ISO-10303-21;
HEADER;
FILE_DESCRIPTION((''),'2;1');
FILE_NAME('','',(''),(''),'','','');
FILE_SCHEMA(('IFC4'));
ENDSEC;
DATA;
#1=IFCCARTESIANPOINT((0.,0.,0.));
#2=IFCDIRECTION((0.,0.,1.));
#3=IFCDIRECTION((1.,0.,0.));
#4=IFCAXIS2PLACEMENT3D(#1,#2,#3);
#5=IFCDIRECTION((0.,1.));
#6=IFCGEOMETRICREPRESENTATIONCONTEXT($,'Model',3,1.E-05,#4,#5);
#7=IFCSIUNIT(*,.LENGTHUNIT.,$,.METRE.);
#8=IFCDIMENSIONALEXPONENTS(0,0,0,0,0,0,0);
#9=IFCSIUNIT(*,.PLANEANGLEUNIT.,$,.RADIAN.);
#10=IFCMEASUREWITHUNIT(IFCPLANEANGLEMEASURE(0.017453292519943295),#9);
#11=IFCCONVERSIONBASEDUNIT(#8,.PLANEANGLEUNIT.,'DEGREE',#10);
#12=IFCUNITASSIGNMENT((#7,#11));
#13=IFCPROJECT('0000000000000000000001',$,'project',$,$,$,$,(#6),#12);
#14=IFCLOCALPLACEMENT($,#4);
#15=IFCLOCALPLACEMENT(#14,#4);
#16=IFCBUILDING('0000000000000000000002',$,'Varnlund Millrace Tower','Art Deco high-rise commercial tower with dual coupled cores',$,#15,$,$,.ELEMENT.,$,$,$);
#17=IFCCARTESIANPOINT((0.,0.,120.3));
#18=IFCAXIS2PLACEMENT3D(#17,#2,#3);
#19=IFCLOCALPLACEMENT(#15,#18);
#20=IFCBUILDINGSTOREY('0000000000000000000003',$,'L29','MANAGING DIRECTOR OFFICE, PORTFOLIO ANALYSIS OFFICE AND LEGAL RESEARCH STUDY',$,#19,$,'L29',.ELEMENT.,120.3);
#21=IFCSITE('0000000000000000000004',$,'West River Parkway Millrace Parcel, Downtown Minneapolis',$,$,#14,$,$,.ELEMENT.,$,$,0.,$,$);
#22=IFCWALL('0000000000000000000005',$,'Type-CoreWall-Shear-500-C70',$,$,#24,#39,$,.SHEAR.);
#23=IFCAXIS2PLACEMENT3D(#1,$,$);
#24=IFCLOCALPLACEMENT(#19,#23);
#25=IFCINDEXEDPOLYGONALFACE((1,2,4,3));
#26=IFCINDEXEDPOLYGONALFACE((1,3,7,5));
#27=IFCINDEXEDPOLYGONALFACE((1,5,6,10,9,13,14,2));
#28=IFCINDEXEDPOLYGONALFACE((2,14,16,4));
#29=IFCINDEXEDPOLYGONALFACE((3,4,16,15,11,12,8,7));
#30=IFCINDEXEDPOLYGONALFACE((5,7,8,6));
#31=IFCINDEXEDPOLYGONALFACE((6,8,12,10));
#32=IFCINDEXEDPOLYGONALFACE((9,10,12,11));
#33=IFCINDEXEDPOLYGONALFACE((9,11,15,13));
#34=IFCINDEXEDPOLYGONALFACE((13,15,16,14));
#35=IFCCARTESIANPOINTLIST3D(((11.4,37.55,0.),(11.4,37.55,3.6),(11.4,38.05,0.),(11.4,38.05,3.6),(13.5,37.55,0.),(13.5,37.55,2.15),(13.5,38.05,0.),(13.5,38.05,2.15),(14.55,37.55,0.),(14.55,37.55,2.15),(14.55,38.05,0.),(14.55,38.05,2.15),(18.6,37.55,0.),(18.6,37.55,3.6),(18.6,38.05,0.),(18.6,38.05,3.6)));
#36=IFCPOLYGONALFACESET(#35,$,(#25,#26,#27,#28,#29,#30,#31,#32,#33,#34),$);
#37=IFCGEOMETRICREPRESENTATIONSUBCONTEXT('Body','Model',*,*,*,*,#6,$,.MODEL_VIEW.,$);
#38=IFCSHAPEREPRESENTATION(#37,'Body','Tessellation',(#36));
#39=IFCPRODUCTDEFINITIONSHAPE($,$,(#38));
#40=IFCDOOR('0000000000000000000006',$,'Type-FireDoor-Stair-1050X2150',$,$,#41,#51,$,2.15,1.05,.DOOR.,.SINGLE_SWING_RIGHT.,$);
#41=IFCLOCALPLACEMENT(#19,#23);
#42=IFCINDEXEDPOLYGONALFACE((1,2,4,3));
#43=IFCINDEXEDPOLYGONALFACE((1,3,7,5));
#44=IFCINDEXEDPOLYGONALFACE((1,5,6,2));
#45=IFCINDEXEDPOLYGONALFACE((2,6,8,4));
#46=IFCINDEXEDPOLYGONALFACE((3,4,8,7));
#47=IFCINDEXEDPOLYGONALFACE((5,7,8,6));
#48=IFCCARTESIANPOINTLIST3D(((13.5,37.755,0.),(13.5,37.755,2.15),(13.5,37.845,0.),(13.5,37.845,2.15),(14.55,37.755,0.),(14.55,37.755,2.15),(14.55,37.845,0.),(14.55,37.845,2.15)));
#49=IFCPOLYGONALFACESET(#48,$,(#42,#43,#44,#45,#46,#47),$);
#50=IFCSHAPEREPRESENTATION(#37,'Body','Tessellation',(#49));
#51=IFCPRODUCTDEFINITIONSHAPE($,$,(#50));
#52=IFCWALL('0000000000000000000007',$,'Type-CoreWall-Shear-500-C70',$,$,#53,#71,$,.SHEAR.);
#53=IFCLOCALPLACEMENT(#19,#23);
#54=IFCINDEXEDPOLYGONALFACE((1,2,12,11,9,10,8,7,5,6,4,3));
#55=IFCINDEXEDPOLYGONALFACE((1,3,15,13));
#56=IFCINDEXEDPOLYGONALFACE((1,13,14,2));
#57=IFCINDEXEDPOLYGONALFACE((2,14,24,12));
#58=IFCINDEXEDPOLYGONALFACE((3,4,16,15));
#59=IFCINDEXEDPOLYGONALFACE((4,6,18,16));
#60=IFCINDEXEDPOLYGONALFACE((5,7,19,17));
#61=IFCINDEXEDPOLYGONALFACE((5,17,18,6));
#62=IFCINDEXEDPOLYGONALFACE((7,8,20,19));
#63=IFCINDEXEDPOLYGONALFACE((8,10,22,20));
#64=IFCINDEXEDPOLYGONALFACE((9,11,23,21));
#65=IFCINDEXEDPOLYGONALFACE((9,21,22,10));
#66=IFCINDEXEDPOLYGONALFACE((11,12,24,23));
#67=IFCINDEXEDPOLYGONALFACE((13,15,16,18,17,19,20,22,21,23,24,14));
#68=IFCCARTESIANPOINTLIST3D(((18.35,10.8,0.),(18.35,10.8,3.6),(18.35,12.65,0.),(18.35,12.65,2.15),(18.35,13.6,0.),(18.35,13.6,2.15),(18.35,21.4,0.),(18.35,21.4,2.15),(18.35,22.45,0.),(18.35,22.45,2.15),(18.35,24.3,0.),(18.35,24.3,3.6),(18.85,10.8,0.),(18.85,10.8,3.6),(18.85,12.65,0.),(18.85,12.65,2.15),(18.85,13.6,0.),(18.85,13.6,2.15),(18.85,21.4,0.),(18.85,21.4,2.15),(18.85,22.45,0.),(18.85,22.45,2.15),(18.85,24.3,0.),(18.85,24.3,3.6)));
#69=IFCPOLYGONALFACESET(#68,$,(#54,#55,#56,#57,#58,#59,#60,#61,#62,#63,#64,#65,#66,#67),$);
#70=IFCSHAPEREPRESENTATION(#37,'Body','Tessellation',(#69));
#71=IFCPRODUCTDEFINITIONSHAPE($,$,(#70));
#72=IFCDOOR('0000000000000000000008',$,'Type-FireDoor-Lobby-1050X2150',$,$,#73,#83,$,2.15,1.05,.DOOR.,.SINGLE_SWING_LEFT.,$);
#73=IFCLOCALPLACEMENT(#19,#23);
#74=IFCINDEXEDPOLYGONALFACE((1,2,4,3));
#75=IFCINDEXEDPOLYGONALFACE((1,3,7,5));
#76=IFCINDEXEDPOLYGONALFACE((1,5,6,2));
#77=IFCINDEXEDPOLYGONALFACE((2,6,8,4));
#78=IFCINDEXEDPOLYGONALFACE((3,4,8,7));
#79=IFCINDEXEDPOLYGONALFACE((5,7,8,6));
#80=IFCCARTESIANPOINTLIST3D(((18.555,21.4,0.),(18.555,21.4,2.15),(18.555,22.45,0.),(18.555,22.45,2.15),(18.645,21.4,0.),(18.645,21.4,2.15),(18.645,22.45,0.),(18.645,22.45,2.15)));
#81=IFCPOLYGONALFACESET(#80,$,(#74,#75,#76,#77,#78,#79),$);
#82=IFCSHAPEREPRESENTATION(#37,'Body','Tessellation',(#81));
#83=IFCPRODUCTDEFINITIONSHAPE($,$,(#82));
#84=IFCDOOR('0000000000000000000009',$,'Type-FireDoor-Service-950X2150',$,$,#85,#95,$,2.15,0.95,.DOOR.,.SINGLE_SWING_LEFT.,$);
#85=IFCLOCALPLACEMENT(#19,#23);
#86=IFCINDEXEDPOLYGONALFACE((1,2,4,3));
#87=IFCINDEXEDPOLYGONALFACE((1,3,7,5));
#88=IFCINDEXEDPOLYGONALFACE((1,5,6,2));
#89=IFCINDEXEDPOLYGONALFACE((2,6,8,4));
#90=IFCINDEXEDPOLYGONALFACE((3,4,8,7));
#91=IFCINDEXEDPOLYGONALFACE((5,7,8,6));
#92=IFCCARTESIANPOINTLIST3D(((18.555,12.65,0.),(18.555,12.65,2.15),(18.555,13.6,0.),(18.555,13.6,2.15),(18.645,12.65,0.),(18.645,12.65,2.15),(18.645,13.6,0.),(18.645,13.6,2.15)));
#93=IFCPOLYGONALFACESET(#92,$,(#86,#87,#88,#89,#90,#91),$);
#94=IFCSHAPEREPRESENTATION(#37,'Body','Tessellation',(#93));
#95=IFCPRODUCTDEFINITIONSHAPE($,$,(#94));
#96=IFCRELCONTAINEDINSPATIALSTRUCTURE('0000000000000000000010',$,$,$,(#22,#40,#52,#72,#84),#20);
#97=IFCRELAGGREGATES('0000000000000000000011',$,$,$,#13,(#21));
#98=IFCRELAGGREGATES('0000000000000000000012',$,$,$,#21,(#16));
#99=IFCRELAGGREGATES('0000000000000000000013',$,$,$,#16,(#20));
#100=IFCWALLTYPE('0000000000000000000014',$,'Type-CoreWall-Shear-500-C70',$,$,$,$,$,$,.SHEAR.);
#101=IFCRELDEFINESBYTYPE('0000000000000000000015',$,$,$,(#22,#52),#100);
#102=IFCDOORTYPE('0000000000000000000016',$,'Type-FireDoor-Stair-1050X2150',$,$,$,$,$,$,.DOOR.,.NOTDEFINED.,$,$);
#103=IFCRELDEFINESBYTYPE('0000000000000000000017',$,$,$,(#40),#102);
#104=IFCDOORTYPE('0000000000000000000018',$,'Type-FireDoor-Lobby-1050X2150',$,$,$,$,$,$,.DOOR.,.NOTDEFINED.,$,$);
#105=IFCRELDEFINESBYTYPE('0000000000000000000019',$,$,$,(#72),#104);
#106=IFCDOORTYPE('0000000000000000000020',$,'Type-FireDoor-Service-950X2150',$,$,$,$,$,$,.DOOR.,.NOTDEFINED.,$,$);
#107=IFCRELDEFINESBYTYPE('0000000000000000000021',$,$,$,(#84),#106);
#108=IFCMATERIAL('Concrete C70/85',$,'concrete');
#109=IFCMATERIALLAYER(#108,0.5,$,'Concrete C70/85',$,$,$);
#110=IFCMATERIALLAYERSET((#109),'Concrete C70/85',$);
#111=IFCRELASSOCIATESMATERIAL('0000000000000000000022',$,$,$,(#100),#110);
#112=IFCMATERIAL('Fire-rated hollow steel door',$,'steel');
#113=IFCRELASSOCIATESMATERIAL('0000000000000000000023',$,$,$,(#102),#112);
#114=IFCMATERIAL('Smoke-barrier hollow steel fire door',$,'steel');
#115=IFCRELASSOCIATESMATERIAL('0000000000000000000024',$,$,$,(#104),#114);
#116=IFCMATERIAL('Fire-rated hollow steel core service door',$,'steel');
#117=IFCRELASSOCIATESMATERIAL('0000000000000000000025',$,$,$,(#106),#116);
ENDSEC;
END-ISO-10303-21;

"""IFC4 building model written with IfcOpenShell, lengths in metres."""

from ifc_helpers import new_model, entity, si_unit, converted_unit, direction, frame, origin_with_axes, origin_2d_with_axis, place, context, subcontext, project, spatial, polyline, rectangle, outline, extrude, material, layer, layer_set, type_object, element, fill, save


model = new_model("IFC4")

# Units and contexts
model_context = context("Model", 3, precision=1e-05, world=origin_with_axes(), true_north=direction((0.0, 1.0)))
body_context = subcontext(model_context, "Body", "Model", "MODEL_VIEW")
ifc_project = project(units=[si_unit("LENGTHUNIT", "METRE"), converted_unit("PLANEANGLEUNIT", "DEGREE", entity("IfcPlaneAngleMeasure", 0.017453292519943295), si_unit("PLANEANGLEUNIT", "RADIAN"), dimensions=[0, 0, 0, 0, 0, 0, 0])], contexts=[model_context])

# Site, building, storey
site_placement = place(None, origin_with_axes())
site = spatial("IfcSite", under=ifc_project, at=site_placement, Name="West River Parkway Millrace Parcel, Downtown Minneapolis", CompositionType="ELEMENT", RefElevation=0.0)
building_placement = place(site_placement, origin_with_axes())
building = spatial("IfcBuilding", under=site, at=building_placement, Name="Varnlund Millrace Tower", Description="Art Deco high-rise commercial tower with dual coupled cores", CompositionType="ELEMENT")
storey_placement = place(building_placement, frame((0.0, 0.0, 120.3), z_axis=(0.0, 0.0, 1.0), x_axis=(1.0, 0.0, 0.0)))
storey = spatial("IfcBuildingStorey", under=building, at=storey_placement, Name="L29", Description="MANAGING DIRECTOR OFFICE, PORTFOLIO ANALYSIS OFFICE AND LEGAL RESEARCH STUDY", LongName="L29", CompositionType="ELEMENT", Elevation=120.3)

# Shared definitions
ifc_material_1 = material(Name="Concrete C70/85", Category="concrete")
ifc_layer_1 = layer(ifc_material_1, 0.5, Name="Concrete C70/85")
ifc_layer_set_1 = layer_set([ifc_layer_1], Name="Concrete C70/85")
wall_type = type_object("IfcWallType", Name="Type-CoreWall-Shear-500-C70", PredefinedType="SHEAR", material=ifc_layer_set_1)

# Wall, opening, door
ifc_material_2 = material(Name="Fire-rated hollow steel door", Category="steel")
door_type_1 = type_object("IfcDoorType", Name="Type-FireDoor-Stair-1050X2150", OperationType="NOTDEFINED", PredefinedType="DOOR", material=ifc_material_2)
wall_1_placement = place(storey_placement, frame((11.4, 37.8, 0.0), z_axis=(0.0, 0.0, 1.0), x_axis=(1.0, 0.0, 0.0)))
wall_1 = element("IfcWall", 1, at=wall_1_placement, inside=storey, type_object=wall_type, Name="Type-CoreWall-Shear-500-C70", PredefinedType="SHEAR", context=body_context, shape_type="SweptSolid", body=[
    extrude(outline(polyline([(0.0, -0.25), (7.2, -0.25), (7.2, 0.25), (0.0, 0.25), (0.0, -0.25)])), origin_with_axes(), (0.0, 0.0, 1.0), 3.6),
])
opening_1_placement = place(wall_1_placement, frame((2.625, 0.0, 0.0), z_axis=(0.0, 0.0, 1.0), x_axis=(1.0, 0.0, 0.0)))
opening_1 = element("IfcOpeningElement", 2, at=opening_1_placement, cuts=wall_1, PredefinedType="OPENING", context=body_context, shape_type="SweptSolid", body=[
    extrude(rectangle(XDim=1.05, YDim=0.52, at=origin_2d_with_axis()), origin_with_axes(), (0.0, 0.0, 1.0), 2.15),
])
door_1_placement = place(wall_1_placement, frame((2.625, 0.0, 0.0), z_axis=(0.0, 0.0, 1.0), x_axis=(1.0, 0.0, 0.0)))
door_1 = element("IfcDoor", 3, at=door_1_placement, inside=storey, type_object=door_type_1, Name="Type-FireDoor-Stair-1050X2150", OperationType="SINGLE_SWING_RIGHT", OverallHeight=2.15, OverallWidth=1.05, PredefinedType="DOOR", context=body_context, shape_type="SweptSolid", body=[
    extrude(rectangle(XDim=1.05, YDim=0.09, at=origin_2d_with_axis()), origin_with_axes(), (0.0, 0.0, 1.0), 2.15),
])
fill(opening_1, door_1)

# Wall, openings, doors
wall_2_placement = place(storey_placement, frame((18.6, 10.8, 0.0), z_axis=(0.0, 0.0, 1.0), x_axis=(0.0, 1.0, 0.0)))
wall_2 = element("IfcWall", 4, at=wall_2_placement, inside=storey, type_object=wall_type, Name="Type-CoreWall-Shear-500-C70", PredefinedType="SHEAR", context=body_context, shape_type="SweptSolid", body=[
    extrude(outline(polyline([(0.0, -0.25), (13.5, -0.25), (13.5, 0.25), (0.0, 0.25), (0.0, -0.25)])), origin_with_axes(), (0.0, 0.0, 1.0), 3.6),
])
opening_2_placement = place(wall_2_placement, frame((11.125, 0.0, 0.0), z_axis=(0.0, 0.0, 1.0), x_axis=(1.0, 0.0, 0.0)))
opening_2 = element("IfcOpeningElement", 5, at=opening_2_placement, cuts=wall_2, PredefinedType="OPENING", context=body_context, shape_type="SweptSolid", body=[
    extrude(rectangle(XDim=1.05, YDim=0.52, at=origin_2d_with_axis()), origin_with_axes(), (0.0, 0.0, 1.0), 2.15),
])
opening_3_placement = place(wall_2_placement, frame((2.325, 0.0, 0.0), z_axis=(0.0, 0.0, 1.0), x_axis=(1.0, 0.0, 0.0)))
opening_3 = element("IfcOpeningElement", 6, at=opening_3_placement, cuts=wall_2, PredefinedType="OPENING", context=body_context, shape_type="SweptSolid", body=[
    extrude(rectangle(XDim=0.95, YDim=0.52, at=origin_2d_with_axis()), origin_with_axes(), (0.0, 0.0, 1.0), 2.15),
])
ifc_material_3 = material(Name="Smoke-barrier hollow steel fire door", Category="steel")
door_type_2 = type_object("IfcDoorType", Name="Type-FireDoor-Lobby-1050X2150", OperationType="NOTDEFINED", PredefinedType="DOOR", material=ifc_material_3)
door_2_placement = place(wall_2_placement, frame((11.125, 0.0, 0.0), z_axis=(0.0, 0.0, 1.0), x_axis=(1.0, 0.0, 0.0)))
door_2 = element("IfcDoor", 7, at=door_2_placement, inside=storey, type_object=door_type_2, Name="Type-FireDoor-Lobby-1050X2150", OperationType="SINGLE_SWING_LEFT", OverallHeight=2.15, OverallWidth=1.05, PredefinedType="DOOR", context=body_context, shape_type="SweptSolid", body=[
    extrude(rectangle(XDim=1.05, YDim=0.09, at=origin_2d_with_axis()), origin_with_axes(), (0.0, 0.0, 1.0), 2.15),
])
fill(opening_2, door_2)
ifc_material_4 = material(Name="Fire-rated hollow steel core service door", Category="steel")
door_type_3 = type_object("IfcDoorType", Name="Type-FireDoor-Service-950X2150", OperationType="NOTDEFINED", PredefinedType="DOOR", material=ifc_material_4)
door_3_placement = place(wall_2_placement, frame((2.325, 0.0, 0.0), z_axis=(0.0, 0.0, 1.0), x_axis=(1.0, 0.0, 0.0)))
door_3 = element("IfcDoor", 8, at=door_3_placement, inside=storey, type_object=door_type_3, Name="Type-FireDoor-Service-950X2150", OperationType="SINGLE_SWING_LEFT", OverallHeight=2.15, OverallWidth=0.95, PredefinedType="DOOR", context=body_context, shape_type="SweptSolid", body=[
    extrude(rectangle(XDim=0.95, YDim=0.09, at=origin_2d_with_axis()), origin_with_axes(), (0.0, 0.0, 1.0), 2.15),
])
fill(opening_3, door_3)

save(model, "model.ifc")
